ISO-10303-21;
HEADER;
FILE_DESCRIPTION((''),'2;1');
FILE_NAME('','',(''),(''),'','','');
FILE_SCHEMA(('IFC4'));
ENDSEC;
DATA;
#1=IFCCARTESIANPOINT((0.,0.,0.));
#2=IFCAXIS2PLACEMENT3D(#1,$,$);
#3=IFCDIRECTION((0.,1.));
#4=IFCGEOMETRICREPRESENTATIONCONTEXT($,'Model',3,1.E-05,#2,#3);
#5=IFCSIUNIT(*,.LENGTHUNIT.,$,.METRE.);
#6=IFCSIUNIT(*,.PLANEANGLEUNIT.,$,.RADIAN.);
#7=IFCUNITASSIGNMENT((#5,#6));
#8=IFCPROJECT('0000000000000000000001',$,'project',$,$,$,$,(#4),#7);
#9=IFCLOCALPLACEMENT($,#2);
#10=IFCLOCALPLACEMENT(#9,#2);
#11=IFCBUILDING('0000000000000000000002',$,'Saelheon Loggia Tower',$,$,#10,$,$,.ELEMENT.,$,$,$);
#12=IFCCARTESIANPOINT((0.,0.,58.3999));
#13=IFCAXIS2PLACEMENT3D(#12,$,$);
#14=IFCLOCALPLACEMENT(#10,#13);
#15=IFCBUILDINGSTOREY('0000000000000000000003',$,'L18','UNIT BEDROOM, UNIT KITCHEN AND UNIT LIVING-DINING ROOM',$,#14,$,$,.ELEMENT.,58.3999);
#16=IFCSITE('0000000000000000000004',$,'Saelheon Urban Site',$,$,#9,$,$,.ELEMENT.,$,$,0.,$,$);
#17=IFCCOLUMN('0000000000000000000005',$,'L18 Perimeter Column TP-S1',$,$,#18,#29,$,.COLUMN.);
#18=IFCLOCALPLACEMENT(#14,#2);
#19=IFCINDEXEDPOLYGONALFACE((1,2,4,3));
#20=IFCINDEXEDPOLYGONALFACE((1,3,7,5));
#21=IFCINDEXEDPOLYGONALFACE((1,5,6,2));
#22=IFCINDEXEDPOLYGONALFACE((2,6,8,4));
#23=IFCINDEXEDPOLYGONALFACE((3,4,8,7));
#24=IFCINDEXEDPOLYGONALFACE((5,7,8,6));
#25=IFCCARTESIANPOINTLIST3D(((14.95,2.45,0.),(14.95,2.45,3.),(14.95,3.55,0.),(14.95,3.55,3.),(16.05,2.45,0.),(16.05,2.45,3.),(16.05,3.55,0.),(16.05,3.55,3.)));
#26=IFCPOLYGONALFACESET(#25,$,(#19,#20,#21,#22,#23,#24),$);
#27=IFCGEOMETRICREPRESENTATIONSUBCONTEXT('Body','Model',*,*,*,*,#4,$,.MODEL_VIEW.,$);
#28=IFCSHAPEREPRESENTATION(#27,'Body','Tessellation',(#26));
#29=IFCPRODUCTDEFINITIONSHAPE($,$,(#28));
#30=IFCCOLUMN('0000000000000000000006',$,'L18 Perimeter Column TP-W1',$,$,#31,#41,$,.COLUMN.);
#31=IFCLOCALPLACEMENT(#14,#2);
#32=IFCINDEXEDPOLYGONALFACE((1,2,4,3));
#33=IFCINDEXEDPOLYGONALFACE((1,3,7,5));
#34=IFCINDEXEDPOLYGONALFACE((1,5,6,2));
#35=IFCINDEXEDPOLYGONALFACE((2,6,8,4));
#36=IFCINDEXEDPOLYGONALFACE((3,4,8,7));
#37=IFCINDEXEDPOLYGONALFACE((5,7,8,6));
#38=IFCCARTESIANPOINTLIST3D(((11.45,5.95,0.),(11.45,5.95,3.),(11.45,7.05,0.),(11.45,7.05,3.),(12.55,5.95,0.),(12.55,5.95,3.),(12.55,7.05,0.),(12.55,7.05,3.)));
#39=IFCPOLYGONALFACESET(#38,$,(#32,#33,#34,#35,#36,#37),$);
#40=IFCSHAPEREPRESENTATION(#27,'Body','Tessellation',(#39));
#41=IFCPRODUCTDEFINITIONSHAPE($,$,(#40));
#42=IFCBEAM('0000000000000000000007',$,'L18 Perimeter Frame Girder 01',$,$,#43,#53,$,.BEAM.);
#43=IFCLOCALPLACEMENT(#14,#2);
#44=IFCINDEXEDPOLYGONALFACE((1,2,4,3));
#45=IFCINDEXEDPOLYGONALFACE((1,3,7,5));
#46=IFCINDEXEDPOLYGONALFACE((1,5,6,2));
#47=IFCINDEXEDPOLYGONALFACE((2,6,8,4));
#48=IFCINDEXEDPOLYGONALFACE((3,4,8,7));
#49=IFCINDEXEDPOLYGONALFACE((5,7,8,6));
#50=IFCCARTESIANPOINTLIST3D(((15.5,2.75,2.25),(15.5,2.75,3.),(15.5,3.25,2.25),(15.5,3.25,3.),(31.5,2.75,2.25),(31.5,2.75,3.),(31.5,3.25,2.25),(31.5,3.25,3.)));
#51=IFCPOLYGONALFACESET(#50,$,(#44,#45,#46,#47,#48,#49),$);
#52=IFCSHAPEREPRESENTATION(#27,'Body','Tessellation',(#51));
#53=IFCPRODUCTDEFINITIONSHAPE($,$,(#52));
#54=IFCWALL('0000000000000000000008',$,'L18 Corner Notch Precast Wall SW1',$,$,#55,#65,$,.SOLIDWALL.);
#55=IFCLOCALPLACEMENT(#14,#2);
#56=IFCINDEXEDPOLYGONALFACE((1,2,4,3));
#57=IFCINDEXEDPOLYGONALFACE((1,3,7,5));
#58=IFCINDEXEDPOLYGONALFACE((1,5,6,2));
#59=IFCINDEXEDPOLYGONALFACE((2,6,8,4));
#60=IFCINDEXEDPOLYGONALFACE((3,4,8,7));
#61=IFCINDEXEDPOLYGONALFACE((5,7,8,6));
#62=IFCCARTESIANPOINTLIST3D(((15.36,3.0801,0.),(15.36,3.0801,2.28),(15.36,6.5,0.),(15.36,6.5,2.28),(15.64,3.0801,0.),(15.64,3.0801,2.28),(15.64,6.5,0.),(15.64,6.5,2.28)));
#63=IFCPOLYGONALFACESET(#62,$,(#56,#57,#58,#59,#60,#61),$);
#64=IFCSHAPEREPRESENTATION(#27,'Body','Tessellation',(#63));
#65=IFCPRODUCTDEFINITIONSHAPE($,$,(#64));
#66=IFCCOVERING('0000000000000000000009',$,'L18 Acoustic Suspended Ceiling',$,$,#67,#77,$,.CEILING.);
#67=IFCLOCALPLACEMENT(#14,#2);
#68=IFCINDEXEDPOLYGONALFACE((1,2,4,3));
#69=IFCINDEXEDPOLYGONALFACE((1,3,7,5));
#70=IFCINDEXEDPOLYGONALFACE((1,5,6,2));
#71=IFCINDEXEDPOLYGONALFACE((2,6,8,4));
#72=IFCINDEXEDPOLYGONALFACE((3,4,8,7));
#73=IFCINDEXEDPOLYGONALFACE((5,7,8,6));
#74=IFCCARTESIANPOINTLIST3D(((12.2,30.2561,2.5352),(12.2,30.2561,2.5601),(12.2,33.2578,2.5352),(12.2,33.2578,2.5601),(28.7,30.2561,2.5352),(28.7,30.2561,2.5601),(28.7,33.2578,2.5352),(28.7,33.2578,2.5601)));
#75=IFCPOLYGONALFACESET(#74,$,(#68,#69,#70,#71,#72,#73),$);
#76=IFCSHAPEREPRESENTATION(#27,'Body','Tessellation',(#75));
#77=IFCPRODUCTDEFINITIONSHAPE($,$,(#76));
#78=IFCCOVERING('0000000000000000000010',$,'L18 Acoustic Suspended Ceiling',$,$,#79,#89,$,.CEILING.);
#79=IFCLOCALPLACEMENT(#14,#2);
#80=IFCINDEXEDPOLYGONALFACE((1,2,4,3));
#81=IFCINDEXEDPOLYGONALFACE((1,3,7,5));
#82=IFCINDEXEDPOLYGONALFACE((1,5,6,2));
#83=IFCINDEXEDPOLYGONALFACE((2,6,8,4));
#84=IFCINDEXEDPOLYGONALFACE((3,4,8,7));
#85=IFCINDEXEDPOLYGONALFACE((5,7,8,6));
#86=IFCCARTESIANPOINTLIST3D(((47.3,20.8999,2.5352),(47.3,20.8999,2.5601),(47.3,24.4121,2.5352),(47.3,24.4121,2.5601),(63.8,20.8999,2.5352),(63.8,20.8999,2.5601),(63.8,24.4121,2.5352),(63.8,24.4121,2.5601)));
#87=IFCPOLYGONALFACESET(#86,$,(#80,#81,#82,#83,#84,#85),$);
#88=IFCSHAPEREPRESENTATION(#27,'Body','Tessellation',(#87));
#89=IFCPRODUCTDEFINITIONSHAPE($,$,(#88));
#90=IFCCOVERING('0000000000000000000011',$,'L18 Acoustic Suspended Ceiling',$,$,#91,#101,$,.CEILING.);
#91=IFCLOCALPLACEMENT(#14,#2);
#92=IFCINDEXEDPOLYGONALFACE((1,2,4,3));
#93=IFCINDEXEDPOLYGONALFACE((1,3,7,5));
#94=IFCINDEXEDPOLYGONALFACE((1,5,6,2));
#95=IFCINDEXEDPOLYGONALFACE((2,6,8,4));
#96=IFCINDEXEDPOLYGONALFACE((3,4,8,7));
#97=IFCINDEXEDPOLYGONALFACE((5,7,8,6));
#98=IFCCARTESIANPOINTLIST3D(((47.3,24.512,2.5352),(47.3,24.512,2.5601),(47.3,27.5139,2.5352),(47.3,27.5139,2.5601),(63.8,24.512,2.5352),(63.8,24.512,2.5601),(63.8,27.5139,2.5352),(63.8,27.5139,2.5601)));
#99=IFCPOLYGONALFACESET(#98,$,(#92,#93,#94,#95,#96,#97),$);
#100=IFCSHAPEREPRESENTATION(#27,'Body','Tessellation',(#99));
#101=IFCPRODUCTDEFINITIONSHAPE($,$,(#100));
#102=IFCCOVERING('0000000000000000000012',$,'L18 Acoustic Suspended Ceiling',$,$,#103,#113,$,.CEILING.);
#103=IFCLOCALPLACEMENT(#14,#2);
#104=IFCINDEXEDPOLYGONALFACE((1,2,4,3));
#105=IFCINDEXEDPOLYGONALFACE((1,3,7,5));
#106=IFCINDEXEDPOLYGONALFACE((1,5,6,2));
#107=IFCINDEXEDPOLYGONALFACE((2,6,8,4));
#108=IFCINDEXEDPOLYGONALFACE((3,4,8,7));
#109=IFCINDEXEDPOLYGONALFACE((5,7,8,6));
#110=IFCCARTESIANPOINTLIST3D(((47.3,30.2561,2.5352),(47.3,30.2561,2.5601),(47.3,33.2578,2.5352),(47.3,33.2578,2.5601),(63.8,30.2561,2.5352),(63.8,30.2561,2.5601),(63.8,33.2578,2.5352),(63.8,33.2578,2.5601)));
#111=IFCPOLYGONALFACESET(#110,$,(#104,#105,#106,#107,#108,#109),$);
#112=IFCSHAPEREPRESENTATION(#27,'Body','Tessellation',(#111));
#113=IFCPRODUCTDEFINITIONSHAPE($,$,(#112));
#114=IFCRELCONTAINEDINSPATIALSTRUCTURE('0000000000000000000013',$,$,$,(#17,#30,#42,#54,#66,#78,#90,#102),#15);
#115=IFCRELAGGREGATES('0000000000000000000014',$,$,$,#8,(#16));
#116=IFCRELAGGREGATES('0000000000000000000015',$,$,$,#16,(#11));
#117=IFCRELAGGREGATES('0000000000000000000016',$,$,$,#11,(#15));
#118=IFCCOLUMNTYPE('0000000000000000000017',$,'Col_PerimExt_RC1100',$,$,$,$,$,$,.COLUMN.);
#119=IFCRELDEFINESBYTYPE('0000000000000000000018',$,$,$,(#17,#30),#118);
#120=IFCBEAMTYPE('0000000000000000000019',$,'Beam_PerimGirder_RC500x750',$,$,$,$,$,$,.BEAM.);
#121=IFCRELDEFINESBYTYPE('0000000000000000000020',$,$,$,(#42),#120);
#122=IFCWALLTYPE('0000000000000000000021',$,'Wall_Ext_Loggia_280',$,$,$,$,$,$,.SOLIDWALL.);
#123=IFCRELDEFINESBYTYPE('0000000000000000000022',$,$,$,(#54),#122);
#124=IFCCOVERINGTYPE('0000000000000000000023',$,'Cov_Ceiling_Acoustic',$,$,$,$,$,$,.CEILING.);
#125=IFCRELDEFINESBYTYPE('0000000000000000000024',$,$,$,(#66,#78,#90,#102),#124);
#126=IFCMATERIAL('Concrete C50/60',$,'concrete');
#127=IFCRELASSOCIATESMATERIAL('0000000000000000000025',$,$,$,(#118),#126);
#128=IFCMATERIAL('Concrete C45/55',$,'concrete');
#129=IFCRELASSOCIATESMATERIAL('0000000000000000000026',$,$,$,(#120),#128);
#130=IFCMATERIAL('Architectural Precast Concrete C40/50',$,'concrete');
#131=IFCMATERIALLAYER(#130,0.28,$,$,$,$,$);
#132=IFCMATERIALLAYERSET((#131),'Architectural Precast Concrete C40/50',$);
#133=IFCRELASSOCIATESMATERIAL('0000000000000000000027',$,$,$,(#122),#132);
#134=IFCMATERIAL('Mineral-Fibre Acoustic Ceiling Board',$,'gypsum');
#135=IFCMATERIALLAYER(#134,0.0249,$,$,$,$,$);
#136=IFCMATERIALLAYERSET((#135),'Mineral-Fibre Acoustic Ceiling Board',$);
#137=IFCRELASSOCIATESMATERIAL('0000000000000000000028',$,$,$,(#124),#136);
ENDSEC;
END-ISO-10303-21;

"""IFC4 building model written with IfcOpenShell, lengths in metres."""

from ifc_helpers import new_model, si_unit, direction, frame, frame_2d, origin, origin_2d, place, context, subcontext, project, spatial, polyline, rectangle, outline, extrude, source, transform, mapped, material, layer, layer_set, material_profile, profile_set, type_object, element, save


model = new_model("IFC4")

# Units and contexts
model_context = context("Model", 3, precision=1e-05, world=origin(), true_north=direction((0.0, 1.0)))
body_context = subcontext(model_context, "Body", "Model", "MODEL_VIEW")
ifc_project = project(units=[si_unit("LENGTHUNIT", "METRE"), si_unit("PLANEANGLEUNIT", "RADIAN")], contexts=[model_context])

# Site, building, storey
site_placement = place(None, origin())
site = spatial("IfcSite", under=ifc_project, at=site_placement, Name="Saelheon Urban Site", CompositionType="ELEMENT", RefElevation=0.0)
building_placement = place(site_placement, origin())
building = spatial("IfcBuilding", under=site, at=building_placement, Name="Saelheon Loggia Tower", CompositionType="ELEMENT")
storey_placement = place(building_placement, frame((0.0, 0.0, 58.3999)))
storey = spatial("IfcBuildingStorey", under=building, at=storey_placement, Name="L18", Description="UNIT BEDROOM, UNIT KITCHEN AND UNIT LIVING-DINING ROOM", CompositionType="ELEMENT", Elevation=58.3999)

# Columns
ifc_material_1 = material(Name="Concrete C50/60", Category="concrete")
ifc_material_profile_1 = material_profile(ifc_material_1, rectangle(XDim=1.1001, YDim=1.1001, at=origin_2d()), Name="RC-1100x1100")
ifc_profile_set_1 = profile_set([ifc_material_profile_1], Name="Concrete C50/60")
column_type = type_object("IfcColumnType", Name="Col_PerimExt_RC1100", PredefinedType="COLUMN", material=ifc_profile_set_1)
shared_shape_1 = source(origin(), body_context, "Body", "SweptSolid", [
    extrude(rectangle(XDim=1.1001, YDim=1.1001, at=origin_2d()), origin(), (0.0, 0.0, 1.0), 3.0),
])
for number, where, z_axis, x_axis, name in (
    (1, (15.5, 3.0, 0.0), (0.0, 0.0, 1.0), (1.0, 0.0, 0.0), "L18 Perimeter Column TP-S1"),
    (2, (12.0, 6.5, 0.0), (0.0, 0.0, 1.0), (1.0, 0.0, 0.0), "L18 Perimeter Column TP-W1"),
):
    element("IfcColumn", number, at=place(storey_placement, frame(where, z_axis=z_axis, x_axis=x_axis)), inside=storey, type_object=column_type, Name=name, PredefinedType="COLUMN", context=body_context, shape_type="MappedRepresentation", body=[
        mapped(shared_shape_1, transform((0.0, 0.0, 0.0), scale=1.0)),
    ])

# Beam
ifc_material_2 = material(Name="Concrete C45/55", Category="concrete")
ifc_material_profile_2 = material_profile(ifc_material_2, rectangle(XDim=0.5, YDim=0.75, at=origin_2d()), Name="RC-500x750")
ifc_profile_set_2 = profile_set([ifc_material_profile_2], Name="Concrete C45/55")
beam_type = type_object("IfcBeamType", Name="Beam_PerimGirder_RC500x750", PredefinedType="BEAM", material=ifc_profile_set_2)
shared_shape_2 = source(origin(), body_context, "Body", "SweptSolid", [
    extrude(rectangle(XDim=0.5, YDim=0.75, at=origin_2d()), origin(), (0.0, 0.0, 1.0), 16.0),
])
beam_placement = place(storey_placement, frame((15.5, 3.0, 2.625), z_axis=(1.0, 0.0, 0.0), x_axis=(0.0, 1.0, 0.0)))
element("IfcBeam", 3, at=beam_placement, inside=storey, type_object=beam_type, Name="L18 Perimeter Frame Girder 01", PredefinedType="BEAM", context=body_context, shape_type="MappedRepresentation", body=[
    mapped(shared_shape_2, transform((0.0, 0.0, 0.0), scale=1.0)),
])

# Shared definitions
ifc_material_3 = material(Name="Architectural Precast Concrete C40/50", Category="concrete")
ifc_layer_1 = layer(ifc_material_3, 0.28)
ifc_layer_set_1 = layer_set([ifc_layer_1], Name="Architectural Precast Concrete C40/50")
wall_type = type_object("IfcWallType", Name="Wall_Ext_Loggia_280", PredefinedType="SOLIDWALL", material=ifc_layer_set_1)

# Wall
wall_1_placement = place(storey_placement, frame((15.5, 3.0801, 0.0), z_axis=(0.0, 0.0, 1.0), x_axis=(0.0, 1.0, 0.0)))
element("IfcWall", 4, at=wall_1_placement, inside=storey, type_object=wall_type, Name="L18 Corner Notch Precast Wall SW1", PredefinedType="SOLIDWALL", context=body_context, shape_type="SweptSolid", body=[
    extrude(rectangle(XDim=3.4199, YDim=0.28, at=frame_2d((1.71, 0.0))), origin(), (0.0, 0.0, 1.0), 2.28),
])

# Coverings
ifc_material_4 = material(Name="Mineral-Fibre Acoustic Ceiling Board", Category="gypsum")
ifc_layer_2 = layer(ifc_material_4, 0.0249)
ifc_layer_set_2 = layer_set([ifc_layer_2], Name="Mineral-Fibre Acoustic Ceiling Board")
covering_type = type_object("IfcCoveringType", Name="Cov_Ceiling_Acoustic", PredefinedType="CEILING", material=ifc_layer_set_2)
covering_1_placement = place(storey_placement, frame((0.0, 0.0, 2.5352)))
element("IfcCovering", 5, at=covering_1_placement, inside=storey, type_object=covering_type, Name="L18 Acoustic Suspended Ceiling", PredefinedType="CEILING", context=body_context, shape_type="SweptSolid", body=[
    extrude(outline(polyline([(12.2, 30.2561), (28.7, 30.2561), (28.7, 33.2578), (12.2, 33.2578), (12.2, 30.2561)])), origin(), (0.0, 0.0, 1.0), 0.0249),
])
covering_2_placement = place(storey_placement, frame((0.0, 0.0, 2.5352)))
element("IfcCovering", 6, at=covering_2_placement, inside=storey, type_object=covering_type, Name="L18 Acoustic Suspended Ceiling", PredefinedType="CEILING", context=body_context, shape_type="SweptSolid", body=[
    extrude(outline(polyline([(47.3, 20.8999), (63.8, 20.8999), (63.8, 24.4121), (47.3, 24.4121), (47.3, 20.8999)])), origin(), (0.0, 0.0, 1.0), 0.0249),
])
covering_3_placement = place(storey_placement, frame((0.0, 0.0, 2.5352)))
element("IfcCovering", 7, at=covering_3_placement, inside=storey, type_object=covering_type, Name="L18 Acoustic Suspended Ceiling", PredefinedType="CEILING", context=body_context, shape_type="SweptSolid", body=[
    extrude(outline(polyline([(47.3, 24.512), (63.8, 24.512), (63.8, 27.5139), (47.3, 27.5139), (47.3, 24.512)])), origin(), (0.0, 0.0, 1.0), 0.0249),
])
covering_4_placement = place(storey_placement, frame((0.0, 0.0, 2.5352)))
element("IfcCovering", 8, at=covering_4_placement, inside=storey, type_object=covering_type, Name="L18 Acoustic Suspended Ceiling", PredefinedType="CEILING", context=body_context, shape_type="SweptSolid", body=[
    extrude(outline(polyline([(47.3, 30.2561), (63.8, 30.2561), (63.8, 33.2578), (47.3, 33.2578), (47.3, 30.2561)])), origin(), (0.0, 0.0, 1.0), 0.0249),
])

save(model, "model.ifc")
